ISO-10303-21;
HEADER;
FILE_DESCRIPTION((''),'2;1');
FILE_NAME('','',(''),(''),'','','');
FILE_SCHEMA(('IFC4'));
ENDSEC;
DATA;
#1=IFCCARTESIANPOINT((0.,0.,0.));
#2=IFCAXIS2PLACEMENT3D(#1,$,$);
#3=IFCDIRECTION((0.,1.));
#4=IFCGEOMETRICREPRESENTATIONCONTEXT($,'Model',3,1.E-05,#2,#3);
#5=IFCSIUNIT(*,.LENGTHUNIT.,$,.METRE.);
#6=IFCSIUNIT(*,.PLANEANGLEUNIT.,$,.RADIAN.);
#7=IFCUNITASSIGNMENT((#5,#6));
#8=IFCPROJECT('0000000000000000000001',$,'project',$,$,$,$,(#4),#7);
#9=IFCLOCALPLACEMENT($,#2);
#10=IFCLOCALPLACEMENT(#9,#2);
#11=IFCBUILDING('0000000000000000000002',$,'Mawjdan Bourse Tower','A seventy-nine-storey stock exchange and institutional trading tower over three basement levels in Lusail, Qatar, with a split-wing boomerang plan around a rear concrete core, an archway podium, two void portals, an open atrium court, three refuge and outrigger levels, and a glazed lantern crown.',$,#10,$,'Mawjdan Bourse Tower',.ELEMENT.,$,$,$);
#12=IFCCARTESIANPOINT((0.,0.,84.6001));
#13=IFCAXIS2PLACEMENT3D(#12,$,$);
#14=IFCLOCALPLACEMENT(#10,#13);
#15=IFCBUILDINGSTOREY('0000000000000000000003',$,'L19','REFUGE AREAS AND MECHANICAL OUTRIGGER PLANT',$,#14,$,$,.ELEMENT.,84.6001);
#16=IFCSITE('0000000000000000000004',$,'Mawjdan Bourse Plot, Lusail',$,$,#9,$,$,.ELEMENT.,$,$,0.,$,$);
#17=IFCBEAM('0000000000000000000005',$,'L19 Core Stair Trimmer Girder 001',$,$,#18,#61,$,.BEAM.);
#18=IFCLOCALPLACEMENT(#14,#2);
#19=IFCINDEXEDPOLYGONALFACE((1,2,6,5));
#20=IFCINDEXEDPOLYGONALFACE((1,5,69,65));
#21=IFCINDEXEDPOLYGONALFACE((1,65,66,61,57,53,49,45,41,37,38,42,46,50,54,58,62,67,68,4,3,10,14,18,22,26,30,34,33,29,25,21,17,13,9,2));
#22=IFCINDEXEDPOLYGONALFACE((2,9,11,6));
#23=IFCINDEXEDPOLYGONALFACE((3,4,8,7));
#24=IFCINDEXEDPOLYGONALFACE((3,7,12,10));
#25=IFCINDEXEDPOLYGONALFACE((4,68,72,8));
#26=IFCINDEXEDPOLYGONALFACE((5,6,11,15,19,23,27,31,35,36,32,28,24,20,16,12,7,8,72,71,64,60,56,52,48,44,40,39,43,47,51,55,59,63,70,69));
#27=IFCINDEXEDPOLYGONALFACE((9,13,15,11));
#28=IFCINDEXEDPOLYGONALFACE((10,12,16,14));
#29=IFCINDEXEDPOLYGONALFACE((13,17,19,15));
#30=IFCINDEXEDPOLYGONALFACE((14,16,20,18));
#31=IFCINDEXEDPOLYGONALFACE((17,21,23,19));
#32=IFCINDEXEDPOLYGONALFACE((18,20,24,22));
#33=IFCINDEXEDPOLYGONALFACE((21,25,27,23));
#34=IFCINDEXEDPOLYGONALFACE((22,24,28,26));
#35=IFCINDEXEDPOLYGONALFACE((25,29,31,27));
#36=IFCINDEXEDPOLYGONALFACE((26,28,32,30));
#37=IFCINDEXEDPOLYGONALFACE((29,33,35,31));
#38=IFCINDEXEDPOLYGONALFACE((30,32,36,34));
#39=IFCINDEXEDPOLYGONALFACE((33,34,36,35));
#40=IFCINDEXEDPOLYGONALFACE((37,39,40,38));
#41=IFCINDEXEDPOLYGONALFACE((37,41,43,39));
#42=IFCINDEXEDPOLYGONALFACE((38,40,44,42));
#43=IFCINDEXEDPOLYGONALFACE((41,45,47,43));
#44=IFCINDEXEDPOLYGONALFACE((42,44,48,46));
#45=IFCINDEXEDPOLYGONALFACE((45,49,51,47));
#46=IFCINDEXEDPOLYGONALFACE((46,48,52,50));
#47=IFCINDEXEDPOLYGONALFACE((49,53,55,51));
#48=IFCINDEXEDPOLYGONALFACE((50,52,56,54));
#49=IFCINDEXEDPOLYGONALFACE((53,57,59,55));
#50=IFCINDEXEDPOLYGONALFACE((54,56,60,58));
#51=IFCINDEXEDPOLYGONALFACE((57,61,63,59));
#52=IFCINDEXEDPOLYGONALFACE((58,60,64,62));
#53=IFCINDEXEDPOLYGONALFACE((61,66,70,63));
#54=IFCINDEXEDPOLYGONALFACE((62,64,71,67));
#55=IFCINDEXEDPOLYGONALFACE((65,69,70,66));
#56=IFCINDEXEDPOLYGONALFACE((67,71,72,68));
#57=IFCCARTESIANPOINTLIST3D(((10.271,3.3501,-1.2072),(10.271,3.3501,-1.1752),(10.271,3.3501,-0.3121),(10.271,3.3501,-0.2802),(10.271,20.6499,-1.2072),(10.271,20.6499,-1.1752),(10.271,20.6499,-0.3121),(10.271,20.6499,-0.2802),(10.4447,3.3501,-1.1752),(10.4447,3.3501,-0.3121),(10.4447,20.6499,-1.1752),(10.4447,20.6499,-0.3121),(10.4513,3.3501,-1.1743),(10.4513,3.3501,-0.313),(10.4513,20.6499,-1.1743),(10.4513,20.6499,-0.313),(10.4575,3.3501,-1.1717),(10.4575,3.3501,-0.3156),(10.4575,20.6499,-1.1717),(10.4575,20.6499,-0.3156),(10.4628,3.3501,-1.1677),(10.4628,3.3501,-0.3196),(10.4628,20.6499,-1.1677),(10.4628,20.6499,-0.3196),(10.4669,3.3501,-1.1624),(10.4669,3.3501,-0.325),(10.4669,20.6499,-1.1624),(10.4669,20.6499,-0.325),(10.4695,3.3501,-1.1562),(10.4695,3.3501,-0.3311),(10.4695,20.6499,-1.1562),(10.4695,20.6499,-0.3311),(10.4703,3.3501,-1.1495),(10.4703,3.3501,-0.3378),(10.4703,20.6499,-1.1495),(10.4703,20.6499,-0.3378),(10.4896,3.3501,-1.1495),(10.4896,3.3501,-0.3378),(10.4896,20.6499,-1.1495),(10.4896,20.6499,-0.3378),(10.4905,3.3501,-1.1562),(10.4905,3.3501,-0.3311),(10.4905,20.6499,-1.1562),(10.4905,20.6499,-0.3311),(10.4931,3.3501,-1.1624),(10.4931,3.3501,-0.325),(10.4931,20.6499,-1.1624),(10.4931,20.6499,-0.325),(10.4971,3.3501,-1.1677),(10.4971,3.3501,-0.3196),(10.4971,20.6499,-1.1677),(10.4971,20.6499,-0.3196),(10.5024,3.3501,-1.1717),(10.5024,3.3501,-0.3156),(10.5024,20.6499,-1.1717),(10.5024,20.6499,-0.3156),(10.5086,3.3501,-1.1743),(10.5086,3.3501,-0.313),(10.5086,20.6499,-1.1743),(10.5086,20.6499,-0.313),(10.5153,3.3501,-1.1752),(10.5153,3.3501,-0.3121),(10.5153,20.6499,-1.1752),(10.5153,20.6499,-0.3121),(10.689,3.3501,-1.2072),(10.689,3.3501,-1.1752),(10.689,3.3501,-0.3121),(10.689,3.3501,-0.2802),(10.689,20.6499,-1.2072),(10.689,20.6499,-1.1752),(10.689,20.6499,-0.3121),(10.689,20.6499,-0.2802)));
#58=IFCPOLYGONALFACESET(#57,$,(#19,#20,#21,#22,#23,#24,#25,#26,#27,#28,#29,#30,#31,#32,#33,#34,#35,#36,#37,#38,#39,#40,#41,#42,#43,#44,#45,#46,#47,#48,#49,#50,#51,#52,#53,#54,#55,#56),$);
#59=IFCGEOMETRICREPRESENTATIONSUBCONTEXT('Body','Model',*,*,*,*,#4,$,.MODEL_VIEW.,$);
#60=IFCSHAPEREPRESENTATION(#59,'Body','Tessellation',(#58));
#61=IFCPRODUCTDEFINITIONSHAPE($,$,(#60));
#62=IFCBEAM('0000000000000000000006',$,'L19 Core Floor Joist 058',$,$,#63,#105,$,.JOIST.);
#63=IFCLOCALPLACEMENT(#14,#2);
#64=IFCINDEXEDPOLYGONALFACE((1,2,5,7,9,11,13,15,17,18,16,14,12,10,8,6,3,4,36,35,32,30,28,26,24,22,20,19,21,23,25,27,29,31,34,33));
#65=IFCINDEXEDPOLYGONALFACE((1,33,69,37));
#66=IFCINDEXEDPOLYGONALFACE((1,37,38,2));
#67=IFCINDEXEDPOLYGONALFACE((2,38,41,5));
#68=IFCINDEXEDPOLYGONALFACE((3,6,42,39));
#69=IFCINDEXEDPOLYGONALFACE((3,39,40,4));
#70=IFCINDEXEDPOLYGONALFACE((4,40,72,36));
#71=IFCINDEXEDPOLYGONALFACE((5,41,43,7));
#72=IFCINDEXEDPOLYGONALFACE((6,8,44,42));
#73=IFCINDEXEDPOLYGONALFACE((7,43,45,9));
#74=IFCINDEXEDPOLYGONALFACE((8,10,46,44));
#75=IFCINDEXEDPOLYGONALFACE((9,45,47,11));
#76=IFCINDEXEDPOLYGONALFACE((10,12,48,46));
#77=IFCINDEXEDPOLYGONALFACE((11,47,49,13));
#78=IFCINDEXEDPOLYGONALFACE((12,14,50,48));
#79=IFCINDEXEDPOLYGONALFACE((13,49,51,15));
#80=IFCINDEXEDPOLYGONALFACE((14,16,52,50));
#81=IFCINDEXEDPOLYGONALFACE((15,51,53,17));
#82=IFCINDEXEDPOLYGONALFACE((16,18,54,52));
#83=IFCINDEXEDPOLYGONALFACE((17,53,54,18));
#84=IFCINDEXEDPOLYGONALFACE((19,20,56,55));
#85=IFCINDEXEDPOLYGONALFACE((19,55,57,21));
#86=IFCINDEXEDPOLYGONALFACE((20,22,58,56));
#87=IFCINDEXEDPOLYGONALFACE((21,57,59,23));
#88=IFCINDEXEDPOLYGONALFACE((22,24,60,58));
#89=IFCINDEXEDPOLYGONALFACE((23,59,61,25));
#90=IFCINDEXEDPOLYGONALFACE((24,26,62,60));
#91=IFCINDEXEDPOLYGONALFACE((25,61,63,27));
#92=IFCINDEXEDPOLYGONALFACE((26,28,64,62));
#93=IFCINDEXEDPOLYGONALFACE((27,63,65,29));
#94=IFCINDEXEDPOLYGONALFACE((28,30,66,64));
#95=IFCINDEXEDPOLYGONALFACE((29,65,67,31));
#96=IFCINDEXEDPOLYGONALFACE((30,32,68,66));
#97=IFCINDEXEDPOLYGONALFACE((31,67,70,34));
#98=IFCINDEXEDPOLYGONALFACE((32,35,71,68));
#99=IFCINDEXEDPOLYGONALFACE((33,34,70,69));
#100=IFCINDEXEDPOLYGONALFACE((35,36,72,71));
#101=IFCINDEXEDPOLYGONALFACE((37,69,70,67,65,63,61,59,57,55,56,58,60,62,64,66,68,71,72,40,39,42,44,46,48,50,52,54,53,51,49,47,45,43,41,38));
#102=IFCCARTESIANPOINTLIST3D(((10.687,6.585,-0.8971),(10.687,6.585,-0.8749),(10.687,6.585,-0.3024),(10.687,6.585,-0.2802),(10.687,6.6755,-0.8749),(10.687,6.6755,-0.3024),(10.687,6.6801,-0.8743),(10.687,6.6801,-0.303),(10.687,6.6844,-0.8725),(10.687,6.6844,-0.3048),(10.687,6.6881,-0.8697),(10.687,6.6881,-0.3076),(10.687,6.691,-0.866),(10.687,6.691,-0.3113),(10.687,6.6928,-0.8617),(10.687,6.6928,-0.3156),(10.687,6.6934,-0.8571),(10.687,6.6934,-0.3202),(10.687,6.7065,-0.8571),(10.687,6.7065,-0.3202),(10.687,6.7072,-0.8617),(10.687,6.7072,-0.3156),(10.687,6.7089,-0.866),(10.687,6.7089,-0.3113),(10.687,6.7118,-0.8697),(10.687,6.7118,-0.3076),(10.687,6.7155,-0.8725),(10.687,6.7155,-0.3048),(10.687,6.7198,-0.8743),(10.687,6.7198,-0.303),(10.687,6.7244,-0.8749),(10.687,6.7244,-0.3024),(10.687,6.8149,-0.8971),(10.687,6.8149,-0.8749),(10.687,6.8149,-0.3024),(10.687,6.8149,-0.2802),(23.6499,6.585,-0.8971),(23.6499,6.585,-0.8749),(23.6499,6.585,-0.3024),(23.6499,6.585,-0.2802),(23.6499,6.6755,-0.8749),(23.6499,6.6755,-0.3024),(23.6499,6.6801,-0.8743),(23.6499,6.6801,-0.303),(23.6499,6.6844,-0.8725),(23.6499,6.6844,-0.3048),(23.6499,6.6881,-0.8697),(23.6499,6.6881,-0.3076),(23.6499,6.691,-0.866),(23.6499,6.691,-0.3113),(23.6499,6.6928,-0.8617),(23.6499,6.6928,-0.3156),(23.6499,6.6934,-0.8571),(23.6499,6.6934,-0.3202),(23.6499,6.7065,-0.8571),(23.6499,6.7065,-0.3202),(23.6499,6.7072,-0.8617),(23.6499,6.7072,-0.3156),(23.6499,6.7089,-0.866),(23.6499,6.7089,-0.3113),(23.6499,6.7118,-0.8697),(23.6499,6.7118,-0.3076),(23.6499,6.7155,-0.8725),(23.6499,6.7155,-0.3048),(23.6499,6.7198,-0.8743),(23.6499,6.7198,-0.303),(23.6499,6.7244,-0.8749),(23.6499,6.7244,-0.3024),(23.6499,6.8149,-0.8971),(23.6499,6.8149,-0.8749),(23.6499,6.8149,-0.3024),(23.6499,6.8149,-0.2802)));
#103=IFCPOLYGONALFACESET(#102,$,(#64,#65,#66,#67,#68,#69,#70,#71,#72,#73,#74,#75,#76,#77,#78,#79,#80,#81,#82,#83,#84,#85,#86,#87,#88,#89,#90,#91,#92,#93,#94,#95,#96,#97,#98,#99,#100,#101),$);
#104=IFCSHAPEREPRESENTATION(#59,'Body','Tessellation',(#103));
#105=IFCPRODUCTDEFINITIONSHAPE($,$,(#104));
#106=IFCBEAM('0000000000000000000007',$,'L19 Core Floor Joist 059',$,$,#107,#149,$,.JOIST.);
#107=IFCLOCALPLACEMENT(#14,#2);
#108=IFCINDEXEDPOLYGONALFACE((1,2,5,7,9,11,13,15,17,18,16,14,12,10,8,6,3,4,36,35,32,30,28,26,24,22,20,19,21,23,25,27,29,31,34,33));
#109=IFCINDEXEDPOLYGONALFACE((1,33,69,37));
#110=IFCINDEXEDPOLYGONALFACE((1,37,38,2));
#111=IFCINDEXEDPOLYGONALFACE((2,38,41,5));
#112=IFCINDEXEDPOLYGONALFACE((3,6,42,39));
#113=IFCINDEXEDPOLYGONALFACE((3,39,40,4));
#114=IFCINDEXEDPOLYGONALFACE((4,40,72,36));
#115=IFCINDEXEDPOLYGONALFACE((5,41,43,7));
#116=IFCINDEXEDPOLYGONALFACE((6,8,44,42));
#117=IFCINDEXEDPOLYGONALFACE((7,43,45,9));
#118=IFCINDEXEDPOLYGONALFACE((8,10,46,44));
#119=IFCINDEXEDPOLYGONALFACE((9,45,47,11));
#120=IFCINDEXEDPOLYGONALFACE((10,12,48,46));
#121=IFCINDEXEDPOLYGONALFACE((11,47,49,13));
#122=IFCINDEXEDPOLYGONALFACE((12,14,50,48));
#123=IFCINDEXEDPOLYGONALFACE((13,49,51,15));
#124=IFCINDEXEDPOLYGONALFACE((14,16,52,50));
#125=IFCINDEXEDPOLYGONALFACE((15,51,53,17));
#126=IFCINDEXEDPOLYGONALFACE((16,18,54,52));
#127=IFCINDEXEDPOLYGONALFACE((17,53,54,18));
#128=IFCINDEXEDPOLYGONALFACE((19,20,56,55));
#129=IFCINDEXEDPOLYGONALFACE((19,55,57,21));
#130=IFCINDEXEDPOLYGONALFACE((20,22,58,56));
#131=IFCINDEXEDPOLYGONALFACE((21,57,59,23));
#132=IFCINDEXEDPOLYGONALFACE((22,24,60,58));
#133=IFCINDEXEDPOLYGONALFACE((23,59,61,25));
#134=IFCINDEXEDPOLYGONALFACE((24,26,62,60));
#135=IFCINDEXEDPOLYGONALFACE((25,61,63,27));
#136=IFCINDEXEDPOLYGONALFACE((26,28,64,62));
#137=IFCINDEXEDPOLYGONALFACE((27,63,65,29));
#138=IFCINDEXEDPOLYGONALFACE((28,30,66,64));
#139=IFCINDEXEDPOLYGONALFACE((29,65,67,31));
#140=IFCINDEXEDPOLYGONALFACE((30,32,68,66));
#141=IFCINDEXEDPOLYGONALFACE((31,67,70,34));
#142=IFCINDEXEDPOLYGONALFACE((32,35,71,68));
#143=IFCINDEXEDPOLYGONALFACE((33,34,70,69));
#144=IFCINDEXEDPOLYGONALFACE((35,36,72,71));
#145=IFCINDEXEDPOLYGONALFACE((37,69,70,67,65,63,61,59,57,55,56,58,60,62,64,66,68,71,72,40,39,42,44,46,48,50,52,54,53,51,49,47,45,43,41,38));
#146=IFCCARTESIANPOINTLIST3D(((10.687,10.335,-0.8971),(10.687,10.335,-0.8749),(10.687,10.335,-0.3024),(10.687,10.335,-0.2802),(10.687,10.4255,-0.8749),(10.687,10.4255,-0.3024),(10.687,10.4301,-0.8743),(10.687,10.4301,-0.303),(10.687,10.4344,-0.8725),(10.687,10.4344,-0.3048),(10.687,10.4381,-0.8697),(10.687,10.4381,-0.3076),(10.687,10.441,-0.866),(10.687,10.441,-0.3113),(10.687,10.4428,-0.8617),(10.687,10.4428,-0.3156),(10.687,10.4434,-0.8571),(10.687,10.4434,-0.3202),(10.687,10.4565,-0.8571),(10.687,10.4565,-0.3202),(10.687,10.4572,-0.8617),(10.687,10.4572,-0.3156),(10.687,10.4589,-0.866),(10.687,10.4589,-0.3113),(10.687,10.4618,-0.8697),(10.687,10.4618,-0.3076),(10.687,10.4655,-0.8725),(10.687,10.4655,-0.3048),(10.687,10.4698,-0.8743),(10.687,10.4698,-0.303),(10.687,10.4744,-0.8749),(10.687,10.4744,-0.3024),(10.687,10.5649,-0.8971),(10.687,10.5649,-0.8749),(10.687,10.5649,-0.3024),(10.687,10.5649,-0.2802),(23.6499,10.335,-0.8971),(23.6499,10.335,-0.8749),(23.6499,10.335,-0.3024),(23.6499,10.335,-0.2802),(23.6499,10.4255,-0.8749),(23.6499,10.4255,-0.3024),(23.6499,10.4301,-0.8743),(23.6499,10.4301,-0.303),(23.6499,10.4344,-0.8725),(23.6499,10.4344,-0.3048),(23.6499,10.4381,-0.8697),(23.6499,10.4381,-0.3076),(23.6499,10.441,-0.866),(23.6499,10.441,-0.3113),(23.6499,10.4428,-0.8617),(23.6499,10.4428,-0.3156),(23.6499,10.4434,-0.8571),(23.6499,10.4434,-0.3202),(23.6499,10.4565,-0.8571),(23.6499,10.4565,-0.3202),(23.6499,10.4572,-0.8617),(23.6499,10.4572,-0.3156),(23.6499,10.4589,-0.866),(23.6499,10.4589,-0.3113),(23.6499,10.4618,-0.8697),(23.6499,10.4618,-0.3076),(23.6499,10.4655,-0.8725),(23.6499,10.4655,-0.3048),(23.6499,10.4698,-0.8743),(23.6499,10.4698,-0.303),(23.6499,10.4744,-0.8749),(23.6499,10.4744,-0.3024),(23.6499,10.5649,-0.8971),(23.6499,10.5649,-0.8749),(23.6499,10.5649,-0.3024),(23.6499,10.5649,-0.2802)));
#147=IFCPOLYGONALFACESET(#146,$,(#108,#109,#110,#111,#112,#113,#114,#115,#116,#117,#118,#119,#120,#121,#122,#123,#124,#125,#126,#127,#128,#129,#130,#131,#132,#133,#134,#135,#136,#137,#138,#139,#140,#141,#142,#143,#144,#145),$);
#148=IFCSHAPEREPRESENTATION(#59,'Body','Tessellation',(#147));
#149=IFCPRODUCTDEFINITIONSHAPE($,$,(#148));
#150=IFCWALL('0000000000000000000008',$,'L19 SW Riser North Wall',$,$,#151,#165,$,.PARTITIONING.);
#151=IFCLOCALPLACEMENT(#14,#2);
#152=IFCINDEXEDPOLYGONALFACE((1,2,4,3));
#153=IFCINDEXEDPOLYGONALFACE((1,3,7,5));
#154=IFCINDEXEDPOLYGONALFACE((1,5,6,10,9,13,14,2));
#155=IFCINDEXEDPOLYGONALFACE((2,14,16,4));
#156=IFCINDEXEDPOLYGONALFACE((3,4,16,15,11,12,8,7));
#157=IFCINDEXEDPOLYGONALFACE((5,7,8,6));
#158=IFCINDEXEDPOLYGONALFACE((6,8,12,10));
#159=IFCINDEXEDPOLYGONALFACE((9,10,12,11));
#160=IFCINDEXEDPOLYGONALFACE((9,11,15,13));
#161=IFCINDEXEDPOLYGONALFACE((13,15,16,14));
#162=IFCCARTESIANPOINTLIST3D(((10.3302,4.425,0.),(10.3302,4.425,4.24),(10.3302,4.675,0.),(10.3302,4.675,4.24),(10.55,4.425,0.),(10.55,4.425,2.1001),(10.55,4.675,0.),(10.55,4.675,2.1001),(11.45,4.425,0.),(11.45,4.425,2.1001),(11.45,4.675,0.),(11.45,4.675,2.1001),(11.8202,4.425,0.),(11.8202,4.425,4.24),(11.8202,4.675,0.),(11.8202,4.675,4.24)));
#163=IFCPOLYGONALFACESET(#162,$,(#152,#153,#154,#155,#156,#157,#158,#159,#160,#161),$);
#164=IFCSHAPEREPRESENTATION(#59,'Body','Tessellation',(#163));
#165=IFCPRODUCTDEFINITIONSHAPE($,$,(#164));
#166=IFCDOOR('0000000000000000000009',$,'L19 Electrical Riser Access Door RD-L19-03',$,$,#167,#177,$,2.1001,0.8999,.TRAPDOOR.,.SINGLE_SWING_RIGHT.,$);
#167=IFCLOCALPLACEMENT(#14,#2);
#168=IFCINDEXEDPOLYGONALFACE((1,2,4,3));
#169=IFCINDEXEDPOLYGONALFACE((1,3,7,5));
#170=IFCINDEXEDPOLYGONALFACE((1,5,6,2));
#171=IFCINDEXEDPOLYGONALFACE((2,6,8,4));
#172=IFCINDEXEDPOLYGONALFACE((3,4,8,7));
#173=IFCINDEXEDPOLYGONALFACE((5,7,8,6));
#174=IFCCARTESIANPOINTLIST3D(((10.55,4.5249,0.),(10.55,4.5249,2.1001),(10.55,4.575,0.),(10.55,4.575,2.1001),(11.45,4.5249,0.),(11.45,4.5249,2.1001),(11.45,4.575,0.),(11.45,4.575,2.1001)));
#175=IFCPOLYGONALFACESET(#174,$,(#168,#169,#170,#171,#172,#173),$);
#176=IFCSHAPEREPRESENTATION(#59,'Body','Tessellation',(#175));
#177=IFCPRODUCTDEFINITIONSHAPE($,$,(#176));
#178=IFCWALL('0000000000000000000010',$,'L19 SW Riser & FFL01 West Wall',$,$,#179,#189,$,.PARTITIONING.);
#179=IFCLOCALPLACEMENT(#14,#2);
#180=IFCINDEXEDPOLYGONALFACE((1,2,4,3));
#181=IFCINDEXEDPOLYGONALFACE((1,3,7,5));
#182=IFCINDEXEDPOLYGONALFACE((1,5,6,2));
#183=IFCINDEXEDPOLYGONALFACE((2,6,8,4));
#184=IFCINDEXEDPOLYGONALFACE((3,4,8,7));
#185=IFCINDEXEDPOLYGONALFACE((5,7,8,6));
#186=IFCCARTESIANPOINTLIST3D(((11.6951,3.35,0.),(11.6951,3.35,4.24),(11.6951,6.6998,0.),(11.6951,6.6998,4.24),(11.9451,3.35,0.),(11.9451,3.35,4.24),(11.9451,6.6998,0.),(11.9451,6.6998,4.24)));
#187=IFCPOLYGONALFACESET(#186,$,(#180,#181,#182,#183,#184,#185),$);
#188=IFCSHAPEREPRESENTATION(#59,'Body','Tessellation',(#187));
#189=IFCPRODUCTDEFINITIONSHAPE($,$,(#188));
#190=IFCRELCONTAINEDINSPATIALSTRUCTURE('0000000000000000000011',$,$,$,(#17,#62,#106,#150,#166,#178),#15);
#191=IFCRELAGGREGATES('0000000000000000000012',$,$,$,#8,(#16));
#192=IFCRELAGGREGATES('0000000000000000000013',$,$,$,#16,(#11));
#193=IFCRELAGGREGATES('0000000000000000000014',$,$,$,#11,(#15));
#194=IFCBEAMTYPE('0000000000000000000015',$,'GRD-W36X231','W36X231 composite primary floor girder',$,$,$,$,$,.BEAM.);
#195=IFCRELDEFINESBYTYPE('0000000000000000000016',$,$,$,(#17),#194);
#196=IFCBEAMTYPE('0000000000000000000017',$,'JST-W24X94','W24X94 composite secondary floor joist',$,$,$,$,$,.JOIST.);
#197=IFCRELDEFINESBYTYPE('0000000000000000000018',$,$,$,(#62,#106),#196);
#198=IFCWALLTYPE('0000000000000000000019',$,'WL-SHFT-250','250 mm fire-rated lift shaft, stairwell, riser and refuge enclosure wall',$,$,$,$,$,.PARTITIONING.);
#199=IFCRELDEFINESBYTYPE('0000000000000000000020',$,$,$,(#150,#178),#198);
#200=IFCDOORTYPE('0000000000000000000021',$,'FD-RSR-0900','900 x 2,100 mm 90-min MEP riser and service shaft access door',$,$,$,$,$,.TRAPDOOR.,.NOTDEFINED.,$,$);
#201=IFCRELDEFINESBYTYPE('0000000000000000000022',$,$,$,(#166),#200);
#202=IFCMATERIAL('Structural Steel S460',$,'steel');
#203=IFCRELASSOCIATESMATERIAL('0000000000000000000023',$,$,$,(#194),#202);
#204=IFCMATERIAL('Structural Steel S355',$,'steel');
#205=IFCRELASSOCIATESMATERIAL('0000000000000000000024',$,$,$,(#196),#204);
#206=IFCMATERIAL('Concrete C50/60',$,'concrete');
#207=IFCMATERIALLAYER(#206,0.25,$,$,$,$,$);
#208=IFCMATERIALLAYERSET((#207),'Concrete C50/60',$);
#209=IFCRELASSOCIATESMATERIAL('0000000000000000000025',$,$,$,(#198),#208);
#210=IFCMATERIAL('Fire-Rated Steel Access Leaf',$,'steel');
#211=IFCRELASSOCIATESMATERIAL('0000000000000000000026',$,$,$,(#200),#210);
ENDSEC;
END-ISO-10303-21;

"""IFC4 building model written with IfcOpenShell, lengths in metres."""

from ifc_helpers import new_model, si_unit, direction, frame, frame_2d, origin, origin_2d, place, context, subcontext, project, spatial, rectangle, i_section, extrude, material, layer, layer_set, material_profile, profile_set, type_object, element, fill, save


model = new_model("IFC4")

# Units and contexts
model_context = context("Model", 3, precision=1e-05, world=origin(), true_north=direction((0.0, 1.0)))
body_context = subcontext(model_context, "Body", "Model", "MODEL_VIEW")
ifc_project = project(units=[si_unit("LENGTHUNIT", "METRE"), si_unit("PLANEANGLEUNIT", "RADIAN")], contexts=[model_context])

# Site, building, storey
site_placement = place(None, origin())
site = spatial("IfcSite", under=ifc_project, at=site_placement, Name="Mawjdan Bourse Plot, Lusail", CompositionType="ELEMENT", RefElevation=0.0)
building_placement = place(site_placement, origin())
building = spatial("IfcBuilding", under=site, at=building_placement, Name="Mawjdan Bourse Tower", Description="A seventy-nine-storey stock exchange and institutional trading tower over three basement levels in Lusail, Qatar, with a split-wing boomerang plan around a rear concrete core, an archway podium, two void portals, an open atrium court, three refuge and outrigger levels, and a glazed lantern crown.", LongName="Mawjdan Bourse Tower", CompositionType="ELEMENT")
storey_placement = place(building_placement, frame((0.0, 0.0, 84.6001)))
storey = spatial("IfcBuildingStorey", under=building, at=storey_placement, Name="L19", Description="REFUGE AREAS AND MECHANICAL OUTRIGGER PLANT", CompositionType="ELEMENT", Elevation=84.6001)

# Beams
ifc_material_1 = material(Name="Structural Steel S460", Category="steel")
ifc_material_profile_1 = material_profile(ifc_material_1, i_section(OverallWidth=0.418, OverallDepth=0.927, WebThickness=0.0193, FlangeThickness=0.032, FilletRadius=0.0256, at=origin_2d()), Name="W36X231")
ifc_profile_set_1 = profile_set([ifc_material_profile_1], Name="Structural Steel S460")
beam_type_1 = type_object("IfcBeamType", Name="GRD-W36X231", Description="W36X231 composite primary floor girder", PredefinedType="BEAM", material=ifc_profile_set_1)
beam_placement = place(storey_placement, frame((10.48, 3.3501, -0.7437), z_axis=(0.0, 1.0, 0.0), x_axis=(-1.0, 0.0, 0.0)))
element("IfcBeam", 1, at=beam_placement, inside=storey, type_object=beam_type_1, Name="L19 Core Stair Trimmer Girder 001", PredefinedType="BEAM", context=body_context, shape_type="SweptSolid", body=[
    extrude(i_section(OverallWidth=0.418, OverallDepth=0.927, WebThickness=0.0193, FlangeThickness=0.032, FilletRadius=0.0256, at=origin_2d()), origin(), (0.0, 0.0, 1.0), 17.2998),
])
ifc_material_2 = material(Name="Structural Steel S355", Category="steel")
ifc_material_profile_2 = material_profile(ifc_material_2, i_section(OverallWidth=0.23, OverallDepth=0.6169, WebThickness=0.0132, FlangeThickness=0.0222, FilletRadius=0.0178, at=origin_2d()), Name="W24X94")
ifc_profile_set_2 = profile_set([ifc_material_profile_2], Name="Structural Steel S355")
beam_type_2 = type_object("IfcBeamType", Name="JST-W24X94", Description="W24X94 composite secondary floor joist", PredefinedType="JOIST", material=ifc_profile_set_2)
for number, where, z_axis, x_axis, name in (
    (2, (10.687, 6.7, -0.5886), (1.0, 0.0, 0.0), (0.0, 1.0, 0.0), "L19 Core Floor Joist 058"),
    (3, (10.687, 10.45, -0.5886), (1.0, 0.0, 0.0), (0.0, 1.0, 0.0), "L19 Core Floor Joist 059"),
):
    element("IfcBeam", number, at=place(storey_placement, frame(where, z_axis=z_axis, x_axis=x_axis)), inside=storey, type_object=beam_type_2, Name=name, PredefinedType="JOIST", context=body_context, shape_type="SweptSolid", body=[
        extrude(i_section(OverallWidth=0.23, OverallDepth=0.6169, WebThickness=0.0132, FlangeThickness=0.0222, FilletRadius=0.0178, at=origin_2d()), origin(), (0.0, 0.0, 1.0), 12.9629),
    ])

# Wall, opening, door
ifc_material_3 = material(Name="Concrete C50/60", Category="concrete")
ifc_layer_1 = layer(ifc_material_3, 0.25)
ifc_layer_set_1 = layer_set([ifc_layer_1], Name="Concrete C50/60")
wall_type_1 = type_object("IfcWallType", Name="WL-SHFT-250", Description="250 mm fire-rated lift shaft, stairwell, riser and refuge enclosure wall", PredefinedType="PARTITIONING", material=ifc_layer_set_1)
wall_1_placement = place(storey_placement, frame((10.3301, 4.55, 0.0), z_axis=(0.0, 0.0, 1.0), x_axis=(1.0, 0.0, 0.0)))
wall_1 = element("IfcWall", 4, at=wall_1_placement, inside=storey, type_object=wall_type_1, Name="L19 SW Riser North Wall", PredefinedType="PARTITIONING", context=body_context, shape_type="SweptSolid", body=[
    extrude(rectangle(XDim=1.49, YDim=0.25, at=frame_2d((0.7451, 0.0))), origin(), (0.0, 0.0, 1.0), 4.24),
])
opening_1_placement = place(wall_1_placement, frame((0.22, 0.0, 0.0)))
opening_1 = element("IfcOpeningElement", 5, at=opening_1_placement, cuts=wall_1, PredefinedType="OPENING", context=body_context, shape_type="SweptSolid", body=[
    extrude(rectangle(XDim=0.8999, YDim=2.1001, at=frame_2d((0.45, 1.05))), frame((0.0, 0.135, 0.0), z_axis=(0.0, -1.0, 0.0), x_axis=(1.0, 0.0, 0.0)), (0.0, 0.0, 1.0), 0.27),
])
ifc_material_4 = material(Name="Fire-Rated Steel Access Leaf", Category="steel")
door_type_1 = type_object("IfcDoorType", Name="FD-RSR-0900", Description="900 x 2,100 mm 90-min MEP riser and service shaft access door", OperationType="NOTDEFINED", PredefinedType="TRAPDOOR", material=ifc_material_4)
door_1_placement = place(opening_1_placement, origin())
door_1 = element("IfcDoor", 6, at=door_1_placement, inside=storey, type_object=door_type_1, Name="L19 Electrical Riser Access Door RD-L19-03", OperationType="SINGLE_SWING_RIGHT", OverallHeight=2.1001, OverallWidth=0.8999, PredefinedType="TRAPDOOR", context=body_context, shape_type="SweptSolid", body=[
    extrude(rectangle(XDim=0.8999, YDim=2.1001, at=frame_2d((0.45, 1.05))), frame((0.0, 0.0249, 0.0), z_axis=(0.0, -1.0, 0.0), x_axis=(1.0, 0.0, 0.0)), (0.0, 0.0, 1.0), 0.05),
])
fill(opening_1, door_1)

# Wall
wall_2_placement = place(storey_placement, frame((11.8201, 3.3501, 0.0), z_axis=(0.0, 0.0, 1.0), x_axis=(0.0, 1.0, 0.0)))
element("IfcWall", 7, at=wall_2_placement, inside=storey, type_object=wall_type_1, Name="L19 SW Riser & FFL01 West Wall", PredefinedType="PARTITIONING", context=body_context, shape_type="SweptSolid", body=[
    extrude(rectangle(XDim=3.3499, YDim=0.25, at=frame_2d((1.6748, 0.0))), origin(), (0.0, 0.0, 1.0), 4.24),
])

save(model, "model.ifc")
